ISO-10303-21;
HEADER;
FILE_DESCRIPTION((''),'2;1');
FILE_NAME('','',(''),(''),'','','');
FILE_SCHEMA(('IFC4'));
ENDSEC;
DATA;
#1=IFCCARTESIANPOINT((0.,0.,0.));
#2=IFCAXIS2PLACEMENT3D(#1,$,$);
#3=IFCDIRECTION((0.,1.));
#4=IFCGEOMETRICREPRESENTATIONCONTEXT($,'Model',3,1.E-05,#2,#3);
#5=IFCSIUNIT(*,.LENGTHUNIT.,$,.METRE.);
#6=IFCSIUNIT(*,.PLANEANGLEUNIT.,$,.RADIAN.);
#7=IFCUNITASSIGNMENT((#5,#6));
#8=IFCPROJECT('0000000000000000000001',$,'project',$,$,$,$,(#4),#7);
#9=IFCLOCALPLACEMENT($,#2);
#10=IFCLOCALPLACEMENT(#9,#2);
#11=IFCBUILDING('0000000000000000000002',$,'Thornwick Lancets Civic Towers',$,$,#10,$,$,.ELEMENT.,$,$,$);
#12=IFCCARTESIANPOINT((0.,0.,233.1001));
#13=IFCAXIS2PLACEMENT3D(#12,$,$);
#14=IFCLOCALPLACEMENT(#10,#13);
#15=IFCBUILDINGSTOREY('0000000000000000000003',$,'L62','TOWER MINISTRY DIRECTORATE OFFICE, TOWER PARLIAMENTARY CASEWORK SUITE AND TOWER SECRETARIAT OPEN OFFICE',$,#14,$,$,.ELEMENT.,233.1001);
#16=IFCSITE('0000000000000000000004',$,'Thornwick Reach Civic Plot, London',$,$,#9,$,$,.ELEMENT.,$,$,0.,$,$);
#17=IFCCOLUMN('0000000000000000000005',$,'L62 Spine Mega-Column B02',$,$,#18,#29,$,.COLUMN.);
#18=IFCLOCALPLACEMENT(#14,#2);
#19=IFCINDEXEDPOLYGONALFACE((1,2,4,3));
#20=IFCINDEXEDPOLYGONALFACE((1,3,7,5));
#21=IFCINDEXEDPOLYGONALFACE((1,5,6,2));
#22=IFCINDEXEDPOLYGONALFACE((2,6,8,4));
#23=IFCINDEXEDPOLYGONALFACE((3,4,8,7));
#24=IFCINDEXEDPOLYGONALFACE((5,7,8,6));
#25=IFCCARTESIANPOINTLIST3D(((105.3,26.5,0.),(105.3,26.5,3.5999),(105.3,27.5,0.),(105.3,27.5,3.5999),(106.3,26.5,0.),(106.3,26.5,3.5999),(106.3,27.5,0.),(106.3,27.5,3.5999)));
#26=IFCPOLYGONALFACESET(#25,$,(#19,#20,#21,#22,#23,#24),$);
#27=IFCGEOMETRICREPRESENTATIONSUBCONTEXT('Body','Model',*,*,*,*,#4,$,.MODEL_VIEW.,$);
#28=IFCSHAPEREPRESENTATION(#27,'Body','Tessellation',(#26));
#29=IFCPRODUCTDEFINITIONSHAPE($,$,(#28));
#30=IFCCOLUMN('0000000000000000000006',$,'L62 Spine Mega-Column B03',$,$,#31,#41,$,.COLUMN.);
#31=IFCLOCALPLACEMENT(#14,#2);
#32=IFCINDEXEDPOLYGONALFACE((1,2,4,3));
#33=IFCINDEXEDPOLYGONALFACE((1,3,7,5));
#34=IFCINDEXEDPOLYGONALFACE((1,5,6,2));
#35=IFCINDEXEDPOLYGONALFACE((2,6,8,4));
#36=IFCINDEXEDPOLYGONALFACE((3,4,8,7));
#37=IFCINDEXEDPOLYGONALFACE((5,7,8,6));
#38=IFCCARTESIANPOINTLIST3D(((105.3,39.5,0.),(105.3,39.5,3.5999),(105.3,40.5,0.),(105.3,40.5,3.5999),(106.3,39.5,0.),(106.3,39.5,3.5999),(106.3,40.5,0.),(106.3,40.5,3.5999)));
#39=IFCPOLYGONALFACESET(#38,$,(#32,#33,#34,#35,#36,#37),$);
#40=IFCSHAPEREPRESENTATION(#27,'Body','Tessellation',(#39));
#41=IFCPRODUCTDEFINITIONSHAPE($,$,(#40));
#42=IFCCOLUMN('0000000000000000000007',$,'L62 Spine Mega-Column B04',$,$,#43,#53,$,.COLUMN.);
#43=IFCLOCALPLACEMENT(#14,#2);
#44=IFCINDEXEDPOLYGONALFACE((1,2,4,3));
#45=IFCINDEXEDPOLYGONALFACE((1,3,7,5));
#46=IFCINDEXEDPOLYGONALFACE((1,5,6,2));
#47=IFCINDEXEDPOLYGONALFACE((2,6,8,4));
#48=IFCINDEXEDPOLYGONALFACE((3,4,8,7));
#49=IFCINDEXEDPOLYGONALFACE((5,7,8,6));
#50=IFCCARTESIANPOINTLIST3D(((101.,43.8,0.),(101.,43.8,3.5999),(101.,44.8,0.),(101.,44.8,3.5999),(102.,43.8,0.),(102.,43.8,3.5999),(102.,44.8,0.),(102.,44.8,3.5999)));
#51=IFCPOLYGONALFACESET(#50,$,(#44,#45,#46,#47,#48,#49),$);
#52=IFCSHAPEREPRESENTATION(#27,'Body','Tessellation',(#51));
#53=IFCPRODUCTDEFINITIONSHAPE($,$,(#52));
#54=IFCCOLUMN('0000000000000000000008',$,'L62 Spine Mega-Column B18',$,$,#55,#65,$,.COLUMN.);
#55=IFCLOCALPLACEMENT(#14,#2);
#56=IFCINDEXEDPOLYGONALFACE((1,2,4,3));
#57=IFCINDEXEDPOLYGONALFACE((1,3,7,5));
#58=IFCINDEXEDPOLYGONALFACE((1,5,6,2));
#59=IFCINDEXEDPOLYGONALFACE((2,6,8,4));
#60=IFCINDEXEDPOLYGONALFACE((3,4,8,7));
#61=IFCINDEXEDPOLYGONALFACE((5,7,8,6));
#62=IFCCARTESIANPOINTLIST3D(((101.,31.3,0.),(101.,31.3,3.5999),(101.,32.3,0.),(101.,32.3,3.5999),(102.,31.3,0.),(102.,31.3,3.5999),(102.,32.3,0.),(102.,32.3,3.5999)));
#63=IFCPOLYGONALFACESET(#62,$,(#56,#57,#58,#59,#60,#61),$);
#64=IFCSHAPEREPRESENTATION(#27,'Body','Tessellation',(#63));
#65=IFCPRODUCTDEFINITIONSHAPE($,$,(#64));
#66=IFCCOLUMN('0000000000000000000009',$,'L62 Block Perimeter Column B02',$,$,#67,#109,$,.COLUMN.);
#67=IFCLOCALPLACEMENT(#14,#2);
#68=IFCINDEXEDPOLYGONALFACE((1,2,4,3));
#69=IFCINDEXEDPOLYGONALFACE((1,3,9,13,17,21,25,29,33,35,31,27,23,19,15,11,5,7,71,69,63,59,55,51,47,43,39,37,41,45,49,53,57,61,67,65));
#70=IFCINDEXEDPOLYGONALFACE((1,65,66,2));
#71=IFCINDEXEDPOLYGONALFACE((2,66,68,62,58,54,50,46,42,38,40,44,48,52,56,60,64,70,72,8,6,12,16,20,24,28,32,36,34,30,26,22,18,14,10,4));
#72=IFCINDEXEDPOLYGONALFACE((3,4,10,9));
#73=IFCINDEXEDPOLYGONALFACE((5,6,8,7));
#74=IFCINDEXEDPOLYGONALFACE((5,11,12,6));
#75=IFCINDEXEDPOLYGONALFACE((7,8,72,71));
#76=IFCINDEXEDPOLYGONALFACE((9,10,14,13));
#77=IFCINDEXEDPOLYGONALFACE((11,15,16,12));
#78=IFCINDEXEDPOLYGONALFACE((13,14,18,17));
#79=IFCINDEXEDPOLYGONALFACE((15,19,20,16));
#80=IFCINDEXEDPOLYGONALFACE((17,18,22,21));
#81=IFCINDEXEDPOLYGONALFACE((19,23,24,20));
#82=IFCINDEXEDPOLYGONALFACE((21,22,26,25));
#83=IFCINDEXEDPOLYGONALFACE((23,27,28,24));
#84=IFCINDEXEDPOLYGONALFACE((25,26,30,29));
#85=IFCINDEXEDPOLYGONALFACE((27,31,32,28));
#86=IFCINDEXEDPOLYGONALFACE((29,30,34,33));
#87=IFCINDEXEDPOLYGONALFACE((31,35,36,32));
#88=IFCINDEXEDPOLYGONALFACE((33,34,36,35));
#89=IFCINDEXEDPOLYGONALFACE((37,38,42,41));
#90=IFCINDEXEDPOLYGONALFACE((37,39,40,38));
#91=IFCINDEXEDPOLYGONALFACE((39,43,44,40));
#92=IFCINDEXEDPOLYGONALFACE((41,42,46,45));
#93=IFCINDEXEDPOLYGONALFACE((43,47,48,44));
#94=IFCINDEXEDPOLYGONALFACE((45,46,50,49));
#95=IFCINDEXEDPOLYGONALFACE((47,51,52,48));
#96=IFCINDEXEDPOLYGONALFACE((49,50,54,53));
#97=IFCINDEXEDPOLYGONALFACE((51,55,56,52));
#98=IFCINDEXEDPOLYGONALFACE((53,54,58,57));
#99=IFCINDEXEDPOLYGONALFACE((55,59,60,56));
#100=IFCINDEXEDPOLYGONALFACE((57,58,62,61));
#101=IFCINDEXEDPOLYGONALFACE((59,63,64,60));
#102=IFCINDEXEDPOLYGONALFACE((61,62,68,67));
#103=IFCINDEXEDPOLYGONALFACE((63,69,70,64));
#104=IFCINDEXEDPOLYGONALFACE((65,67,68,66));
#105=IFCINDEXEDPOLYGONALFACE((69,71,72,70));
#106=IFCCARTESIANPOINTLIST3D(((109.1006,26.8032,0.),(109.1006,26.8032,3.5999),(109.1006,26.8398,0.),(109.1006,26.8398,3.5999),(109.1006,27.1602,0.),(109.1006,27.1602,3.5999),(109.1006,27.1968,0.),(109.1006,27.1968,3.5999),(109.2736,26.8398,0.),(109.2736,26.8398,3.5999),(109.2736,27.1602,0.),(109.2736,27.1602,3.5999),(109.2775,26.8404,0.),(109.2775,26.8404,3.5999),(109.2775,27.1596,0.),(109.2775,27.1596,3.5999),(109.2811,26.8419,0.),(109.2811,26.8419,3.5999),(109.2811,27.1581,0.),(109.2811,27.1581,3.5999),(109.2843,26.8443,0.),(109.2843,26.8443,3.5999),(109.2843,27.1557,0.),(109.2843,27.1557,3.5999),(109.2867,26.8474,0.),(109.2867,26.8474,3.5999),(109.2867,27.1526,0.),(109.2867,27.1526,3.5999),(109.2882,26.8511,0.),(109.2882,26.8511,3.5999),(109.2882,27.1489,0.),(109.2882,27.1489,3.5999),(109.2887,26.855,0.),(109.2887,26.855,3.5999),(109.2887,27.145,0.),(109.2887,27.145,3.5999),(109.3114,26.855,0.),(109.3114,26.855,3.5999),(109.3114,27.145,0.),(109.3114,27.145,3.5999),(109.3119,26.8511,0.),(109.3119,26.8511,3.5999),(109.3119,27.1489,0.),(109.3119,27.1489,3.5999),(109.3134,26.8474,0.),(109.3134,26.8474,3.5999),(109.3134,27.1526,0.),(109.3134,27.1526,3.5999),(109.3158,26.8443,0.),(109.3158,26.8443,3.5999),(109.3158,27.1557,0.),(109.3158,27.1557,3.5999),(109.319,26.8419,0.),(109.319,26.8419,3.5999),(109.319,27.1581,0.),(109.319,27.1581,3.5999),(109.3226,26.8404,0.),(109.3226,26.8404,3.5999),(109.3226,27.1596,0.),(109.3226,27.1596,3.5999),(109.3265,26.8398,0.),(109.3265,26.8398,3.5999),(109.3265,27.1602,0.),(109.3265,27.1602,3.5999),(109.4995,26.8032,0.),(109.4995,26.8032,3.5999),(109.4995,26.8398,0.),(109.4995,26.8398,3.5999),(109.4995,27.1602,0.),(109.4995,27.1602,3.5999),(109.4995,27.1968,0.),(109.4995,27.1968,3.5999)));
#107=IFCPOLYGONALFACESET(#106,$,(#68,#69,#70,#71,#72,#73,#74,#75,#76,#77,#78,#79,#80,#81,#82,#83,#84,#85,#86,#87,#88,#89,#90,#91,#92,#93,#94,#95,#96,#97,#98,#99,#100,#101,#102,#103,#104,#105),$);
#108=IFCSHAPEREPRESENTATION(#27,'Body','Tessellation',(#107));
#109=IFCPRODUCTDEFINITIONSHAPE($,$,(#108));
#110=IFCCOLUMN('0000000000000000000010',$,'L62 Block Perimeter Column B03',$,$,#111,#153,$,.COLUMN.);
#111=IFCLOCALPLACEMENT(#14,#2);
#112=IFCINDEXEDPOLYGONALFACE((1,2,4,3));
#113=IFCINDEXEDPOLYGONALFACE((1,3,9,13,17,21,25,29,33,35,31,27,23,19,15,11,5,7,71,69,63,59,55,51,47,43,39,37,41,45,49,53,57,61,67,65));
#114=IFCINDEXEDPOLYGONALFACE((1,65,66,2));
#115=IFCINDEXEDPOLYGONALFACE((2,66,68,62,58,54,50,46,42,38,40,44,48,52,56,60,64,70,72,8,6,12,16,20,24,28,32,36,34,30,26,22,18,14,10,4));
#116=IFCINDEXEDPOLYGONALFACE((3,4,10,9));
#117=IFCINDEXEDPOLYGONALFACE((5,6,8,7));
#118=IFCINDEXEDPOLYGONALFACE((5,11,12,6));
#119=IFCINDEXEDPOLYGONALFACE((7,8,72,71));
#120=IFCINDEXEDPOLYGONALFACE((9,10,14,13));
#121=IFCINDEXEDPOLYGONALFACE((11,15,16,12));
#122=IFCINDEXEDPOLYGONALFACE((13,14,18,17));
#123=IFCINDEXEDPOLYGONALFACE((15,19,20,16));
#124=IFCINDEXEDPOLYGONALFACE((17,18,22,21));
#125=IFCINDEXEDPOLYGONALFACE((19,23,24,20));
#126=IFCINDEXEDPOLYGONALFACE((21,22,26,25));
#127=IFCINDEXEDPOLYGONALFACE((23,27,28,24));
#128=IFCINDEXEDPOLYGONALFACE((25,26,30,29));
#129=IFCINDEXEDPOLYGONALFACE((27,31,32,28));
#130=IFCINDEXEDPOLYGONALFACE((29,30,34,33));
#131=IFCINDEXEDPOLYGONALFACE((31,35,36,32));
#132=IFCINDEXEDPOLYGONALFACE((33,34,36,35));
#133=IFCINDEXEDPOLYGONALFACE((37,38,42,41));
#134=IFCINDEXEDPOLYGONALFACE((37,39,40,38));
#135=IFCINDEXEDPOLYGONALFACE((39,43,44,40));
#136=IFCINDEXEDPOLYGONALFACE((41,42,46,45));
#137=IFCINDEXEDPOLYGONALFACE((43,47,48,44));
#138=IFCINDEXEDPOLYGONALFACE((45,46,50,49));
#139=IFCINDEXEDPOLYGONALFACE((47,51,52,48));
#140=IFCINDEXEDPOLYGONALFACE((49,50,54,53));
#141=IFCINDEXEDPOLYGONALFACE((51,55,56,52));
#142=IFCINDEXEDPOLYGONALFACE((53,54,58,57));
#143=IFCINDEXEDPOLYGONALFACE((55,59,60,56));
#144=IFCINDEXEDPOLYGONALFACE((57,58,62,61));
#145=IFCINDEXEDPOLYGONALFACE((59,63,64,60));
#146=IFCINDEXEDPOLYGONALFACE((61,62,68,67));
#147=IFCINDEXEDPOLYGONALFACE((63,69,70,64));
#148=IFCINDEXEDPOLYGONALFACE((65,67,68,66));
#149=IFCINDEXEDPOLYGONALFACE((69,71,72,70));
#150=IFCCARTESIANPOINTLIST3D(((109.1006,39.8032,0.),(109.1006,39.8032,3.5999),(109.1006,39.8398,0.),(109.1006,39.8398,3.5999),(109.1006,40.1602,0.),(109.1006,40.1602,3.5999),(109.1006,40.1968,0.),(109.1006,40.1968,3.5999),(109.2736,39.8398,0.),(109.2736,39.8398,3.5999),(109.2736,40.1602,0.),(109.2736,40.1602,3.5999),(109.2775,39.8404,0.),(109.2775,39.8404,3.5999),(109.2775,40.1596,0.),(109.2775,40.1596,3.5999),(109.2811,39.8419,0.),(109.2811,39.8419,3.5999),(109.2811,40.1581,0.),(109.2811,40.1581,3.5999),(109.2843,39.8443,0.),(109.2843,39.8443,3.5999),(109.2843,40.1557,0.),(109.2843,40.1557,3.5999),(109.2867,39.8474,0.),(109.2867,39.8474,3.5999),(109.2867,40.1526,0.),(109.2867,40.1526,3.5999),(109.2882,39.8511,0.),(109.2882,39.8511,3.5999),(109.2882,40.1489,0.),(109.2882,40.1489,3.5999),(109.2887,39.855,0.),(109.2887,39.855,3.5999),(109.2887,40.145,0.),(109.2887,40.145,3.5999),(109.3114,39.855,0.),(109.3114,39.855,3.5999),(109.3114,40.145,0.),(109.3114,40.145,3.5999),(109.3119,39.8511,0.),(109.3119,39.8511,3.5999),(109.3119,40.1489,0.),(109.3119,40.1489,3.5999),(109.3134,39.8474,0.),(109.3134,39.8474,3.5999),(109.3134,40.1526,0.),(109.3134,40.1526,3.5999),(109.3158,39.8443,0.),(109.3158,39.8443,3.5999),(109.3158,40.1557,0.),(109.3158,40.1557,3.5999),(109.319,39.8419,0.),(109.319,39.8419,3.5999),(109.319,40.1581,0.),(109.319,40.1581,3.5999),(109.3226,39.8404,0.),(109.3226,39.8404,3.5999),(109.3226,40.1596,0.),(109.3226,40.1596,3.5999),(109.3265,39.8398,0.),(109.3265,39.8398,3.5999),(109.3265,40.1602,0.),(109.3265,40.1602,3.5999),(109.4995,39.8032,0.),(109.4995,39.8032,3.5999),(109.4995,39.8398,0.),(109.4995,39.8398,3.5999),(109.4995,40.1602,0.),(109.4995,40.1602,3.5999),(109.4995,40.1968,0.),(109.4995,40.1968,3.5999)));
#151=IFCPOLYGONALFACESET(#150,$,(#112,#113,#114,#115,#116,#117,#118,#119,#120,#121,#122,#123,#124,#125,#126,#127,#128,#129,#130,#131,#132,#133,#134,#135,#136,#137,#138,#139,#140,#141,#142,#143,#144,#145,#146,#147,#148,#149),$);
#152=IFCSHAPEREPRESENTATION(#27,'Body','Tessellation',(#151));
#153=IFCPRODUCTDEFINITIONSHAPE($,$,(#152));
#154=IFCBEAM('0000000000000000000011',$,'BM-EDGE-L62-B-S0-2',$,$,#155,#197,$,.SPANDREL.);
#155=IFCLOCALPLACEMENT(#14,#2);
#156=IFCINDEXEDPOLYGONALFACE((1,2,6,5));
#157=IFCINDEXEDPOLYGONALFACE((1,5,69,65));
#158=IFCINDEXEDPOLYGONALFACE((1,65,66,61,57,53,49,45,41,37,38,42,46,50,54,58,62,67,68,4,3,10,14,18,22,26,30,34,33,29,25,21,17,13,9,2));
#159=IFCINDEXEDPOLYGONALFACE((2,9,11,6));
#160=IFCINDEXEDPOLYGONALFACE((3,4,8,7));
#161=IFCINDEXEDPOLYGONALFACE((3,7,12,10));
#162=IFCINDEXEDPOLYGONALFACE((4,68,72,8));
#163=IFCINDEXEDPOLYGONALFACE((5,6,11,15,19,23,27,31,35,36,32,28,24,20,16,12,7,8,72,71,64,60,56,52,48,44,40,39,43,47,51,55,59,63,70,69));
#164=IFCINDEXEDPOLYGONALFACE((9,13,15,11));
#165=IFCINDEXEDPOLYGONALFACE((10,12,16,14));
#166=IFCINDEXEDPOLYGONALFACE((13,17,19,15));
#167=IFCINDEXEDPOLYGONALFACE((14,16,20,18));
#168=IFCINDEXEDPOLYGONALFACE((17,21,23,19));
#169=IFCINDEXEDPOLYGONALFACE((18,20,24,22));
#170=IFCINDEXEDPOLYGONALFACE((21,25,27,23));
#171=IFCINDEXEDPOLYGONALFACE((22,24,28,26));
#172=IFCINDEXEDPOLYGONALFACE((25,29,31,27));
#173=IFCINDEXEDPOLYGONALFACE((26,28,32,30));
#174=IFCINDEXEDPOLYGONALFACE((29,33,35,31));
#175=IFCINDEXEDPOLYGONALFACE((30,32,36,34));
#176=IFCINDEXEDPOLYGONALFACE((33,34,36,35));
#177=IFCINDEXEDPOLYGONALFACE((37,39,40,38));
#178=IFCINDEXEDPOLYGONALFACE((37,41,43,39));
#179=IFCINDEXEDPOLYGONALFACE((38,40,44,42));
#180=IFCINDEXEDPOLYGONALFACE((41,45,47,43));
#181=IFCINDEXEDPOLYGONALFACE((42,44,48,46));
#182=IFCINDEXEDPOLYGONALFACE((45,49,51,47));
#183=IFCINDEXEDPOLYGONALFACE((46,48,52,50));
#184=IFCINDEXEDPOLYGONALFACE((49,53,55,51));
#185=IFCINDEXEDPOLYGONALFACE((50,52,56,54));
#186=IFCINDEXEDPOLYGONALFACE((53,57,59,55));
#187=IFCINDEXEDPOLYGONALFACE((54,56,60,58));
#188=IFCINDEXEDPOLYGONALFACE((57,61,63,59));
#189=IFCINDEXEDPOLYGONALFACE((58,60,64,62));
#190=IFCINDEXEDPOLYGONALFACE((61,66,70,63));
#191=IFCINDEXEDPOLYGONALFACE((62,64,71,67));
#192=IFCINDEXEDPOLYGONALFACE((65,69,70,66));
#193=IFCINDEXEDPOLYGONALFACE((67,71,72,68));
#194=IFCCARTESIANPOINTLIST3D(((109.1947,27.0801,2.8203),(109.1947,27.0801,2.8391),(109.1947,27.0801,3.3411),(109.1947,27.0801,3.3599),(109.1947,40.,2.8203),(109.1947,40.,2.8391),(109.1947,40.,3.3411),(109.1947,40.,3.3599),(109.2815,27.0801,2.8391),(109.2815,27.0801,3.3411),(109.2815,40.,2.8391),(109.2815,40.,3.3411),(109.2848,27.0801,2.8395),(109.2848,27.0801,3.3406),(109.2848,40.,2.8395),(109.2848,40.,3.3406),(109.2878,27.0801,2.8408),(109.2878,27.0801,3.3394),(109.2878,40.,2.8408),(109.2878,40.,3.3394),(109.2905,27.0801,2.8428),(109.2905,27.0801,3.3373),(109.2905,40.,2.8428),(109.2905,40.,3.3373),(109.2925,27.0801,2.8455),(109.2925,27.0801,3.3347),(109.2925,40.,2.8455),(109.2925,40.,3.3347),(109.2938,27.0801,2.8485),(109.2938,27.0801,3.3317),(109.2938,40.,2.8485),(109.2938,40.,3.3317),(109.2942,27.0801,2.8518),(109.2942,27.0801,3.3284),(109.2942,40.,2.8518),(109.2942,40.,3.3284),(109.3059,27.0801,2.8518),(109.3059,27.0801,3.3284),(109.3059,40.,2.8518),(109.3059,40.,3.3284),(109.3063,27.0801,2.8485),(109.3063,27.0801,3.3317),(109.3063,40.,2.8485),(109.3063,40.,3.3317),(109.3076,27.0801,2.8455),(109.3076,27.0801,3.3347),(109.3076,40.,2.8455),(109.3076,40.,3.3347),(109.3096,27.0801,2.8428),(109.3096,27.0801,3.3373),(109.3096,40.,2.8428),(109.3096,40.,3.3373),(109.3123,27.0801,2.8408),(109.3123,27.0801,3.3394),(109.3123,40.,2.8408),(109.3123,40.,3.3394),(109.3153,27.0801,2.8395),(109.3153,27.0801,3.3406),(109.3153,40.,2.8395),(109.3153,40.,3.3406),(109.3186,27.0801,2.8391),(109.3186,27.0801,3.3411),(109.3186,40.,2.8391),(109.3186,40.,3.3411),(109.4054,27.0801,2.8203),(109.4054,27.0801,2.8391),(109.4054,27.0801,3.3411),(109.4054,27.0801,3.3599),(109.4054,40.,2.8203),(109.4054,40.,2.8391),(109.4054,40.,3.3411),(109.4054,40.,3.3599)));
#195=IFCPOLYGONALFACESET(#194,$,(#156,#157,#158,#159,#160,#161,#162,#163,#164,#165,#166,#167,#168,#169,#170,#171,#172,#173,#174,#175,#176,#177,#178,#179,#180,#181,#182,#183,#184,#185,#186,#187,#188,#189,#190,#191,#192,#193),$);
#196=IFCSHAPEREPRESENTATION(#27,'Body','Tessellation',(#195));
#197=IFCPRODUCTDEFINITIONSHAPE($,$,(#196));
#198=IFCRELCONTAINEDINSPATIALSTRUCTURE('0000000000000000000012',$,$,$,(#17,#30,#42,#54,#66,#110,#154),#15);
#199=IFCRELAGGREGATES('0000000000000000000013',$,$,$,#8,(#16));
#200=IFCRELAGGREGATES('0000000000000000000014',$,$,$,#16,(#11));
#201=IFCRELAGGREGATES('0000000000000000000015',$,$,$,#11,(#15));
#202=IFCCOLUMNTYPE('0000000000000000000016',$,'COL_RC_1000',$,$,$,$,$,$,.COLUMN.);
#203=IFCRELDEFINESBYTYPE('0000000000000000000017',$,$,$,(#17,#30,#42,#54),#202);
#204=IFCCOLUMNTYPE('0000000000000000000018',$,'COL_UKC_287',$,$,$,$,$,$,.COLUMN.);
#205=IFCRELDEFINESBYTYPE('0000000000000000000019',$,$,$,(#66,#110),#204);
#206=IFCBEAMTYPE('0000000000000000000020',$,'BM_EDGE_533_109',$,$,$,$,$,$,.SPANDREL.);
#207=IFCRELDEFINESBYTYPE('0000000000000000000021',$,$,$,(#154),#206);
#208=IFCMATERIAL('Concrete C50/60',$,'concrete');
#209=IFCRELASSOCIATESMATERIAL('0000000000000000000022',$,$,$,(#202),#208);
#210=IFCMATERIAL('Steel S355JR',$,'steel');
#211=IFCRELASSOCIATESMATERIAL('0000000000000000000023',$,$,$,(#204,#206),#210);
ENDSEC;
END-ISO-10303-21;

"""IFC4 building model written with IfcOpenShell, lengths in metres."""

from ifc_helpers import new_model, si_unit, direction, frame, origin, origin_2d, place, context, subcontext, project, spatial, rectangle, i_section, extrude, material, material_profile, profile_set, type_object, element, save


model = new_model("IFC4")

# Units and contexts
model_context = context("Model", 3, precision=1e-05, world=origin(), true_north=direction((0.0, 1.0)))
body_context = subcontext(model_context, "Body", "Model", "MODEL_VIEW")
ifc_project = project(units=[si_unit("LENGTHUNIT", "METRE"), si_unit("PLANEANGLEUNIT", "RADIAN")], contexts=[model_context])

# Site, building, storey
site_placement = place(None, origin())
site = spatial("IfcSite", under=ifc_project, at=site_placement, Name="Thornwick Reach Civic Plot, London", CompositionType="ELEMENT", RefElevation=0.0)
building_placement = place(site_placement, origin())
building = spatial("IfcBuilding", under=site, at=building_placement, Name="Thornwick Lancets Civic Towers", CompositionType="ELEMENT")
storey_placement = place(building_placement, frame((0.0, 0.0, 233.1001)))
storey = spatial("IfcBuildingStorey", under=building, at=storey_placement, Name="L62", Description="TOWER MINISTRY DIRECTORATE OFFICE, TOWER PARLIAMENTARY CASEWORK SUITE AND TOWER SECRETARIAT OPEN OFFICE", CompositionType="ELEMENT", Elevation=233.1001)

# Columns
ifc_material_1 = material(Name="Concrete C50/60", Category="concrete")
ifc_material_profile_1 = material_profile(ifc_material_1, rectangle(XDim=1.0, YDim=1.0, at=origin_2d()), Name="RC 1000x1000")
ifc_profile_set_1 = profile_set([ifc_material_profile_1], Name="Concrete C50/60")
column_type_1 = type_object("IfcColumnType", Name="COL_RC_1000", PredefinedType="COLUMN", material=ifc_profile_set_1)
for number, where, z_axis, x_axis, name in (
    (1, (105.8, 27.0, 0.0), (0.0, 0.0, 1.0), (1.0, 0.0, 0.0), "L62 Spine Mega-Column B02"),
    (2, (105.8, 40.0, 0.0), (0.0, 0.0, 1.0), (1.0, 0.0, 0.0), "L62 Spine Mega-Column B03"),
    (3, (101.5, 44.3, 0.0), (0.0, 0.0, 1.0), (1.0, 0.0, 0.0), "L62 Spine Mega-Column B04"),
    (4, (101.5, 31.8, 0.0), (0.0, 0.0, 1.0), (1.0, 0.0, 0.0), "L62 Spine Mega-Column B18"),
):
    element("IfcColumn", number, at=place(storey_placement, frame(where, z_axis=z_axis, x_axis=x_axis)), inside=storey, type_object=column_type_1, Name=name, PredefinedType="COLUMN", context=body_context, shape_type="SweptSolid", body=[
        extrude(rectangle(XDim=1.0, YDim=1.0, at=origin_2d()), origin(), (0.0, 0.0, 1.0), 3.5999),
    ])
ifc_material_2 = material(Name="Steel S355JR", Category="steel")
ifc_material_profile_2 = material_profile(ifc_material_2, i_section(OverallWidth=0.3989, OverallDepth=0.3936, WebThickness=0.0227, FlangeThickness=0.0366, FilletRadius=0.0151, at=origin_2d()), Name="UKC 356x406x287")
ifc_profile_set_2 = profile_set([ifc_material_profile_2], Name="Steel S355JR")
column_type_2 = type_object("IfcColumnType", Name="COL_UKC_287", PredefinedType="COLUMN", material=ifc_profile_set_2)
for number, where, z_axis, x_axis, name in (
    (5, (109.3, 27.0, 0.0), (0.0, 0.0, 1.0), (1.0, 0.0, 0.0), "L62 Block Perimeter Column B02"),
    (6, (109.3, 40.0, 0.0), (0.0, 0.0, 1.0), (1.0, 0.0, 0.0), "L62 Block Perimeter Column B03"),
):
    element("IfcColumn", number, at=place(storey_placement, frame(where, z_axis=z_axis, x_axis=x_axis)), inside=storey, type_object=column_type_2, Name=name, PredefinedType="COLUMN", context=body_context, shape_type="SweptSolid", body=[
        extrude(i_section(OverallWidth=0.3989, OverallDepth=0.3936, WebThickness=0.0227, FlangeThickness=0.0366, FilletRadius=0.0151, at=origin_2d()), origin(), (0.0, 0.0, 1.0), 3.5999),
    ])

# Beam
ifc_material_profile_3 = material_profile(ifc_material_2, i_section(OverallWidth=0.2107, OverallDepth=0.5396, WebThickness=0.0117, FlangeThickness=0.0188, FilletRadius=0.0127, at=origin_2d()), Name="UKB 533x210x109")
ifc_profile_set_3 = profile_set([ifc_material_profile_3], Name="Steel S355JR")
beam_type_1 = type_object("IfcBeamType", Name="BM_EDGE_533_109", PredefinedType="SPANDREL", material=ifc_profile_set_3)
beam_1_placement = place(storey_placement, frame((109.3, 27.0801, 3.0901), z_axis=(0.0, 1.0, 0.0), x_axis=(-1.0, 0.0, 0.0)))
element("IfcBeam", 7, at=beam_1_placement, inside=storey, type_object=beam_type_1, Name="BM-EDGE-L62-B-S0-2", PredefinedType="SPANDREL", context=body_context, shape_type="SweptSolid", body=[
    extrude(i_section(OverallWidth=0.2107, OverallDepth=0.5396, WebThickness=0.0117, FlangeThickness=0.0188, FilletRadius=0.0127, at=origin_2d()), origin(), (0.0, 0.0, 1.0), 12.9199),
])

save(model, "model.ifc")
